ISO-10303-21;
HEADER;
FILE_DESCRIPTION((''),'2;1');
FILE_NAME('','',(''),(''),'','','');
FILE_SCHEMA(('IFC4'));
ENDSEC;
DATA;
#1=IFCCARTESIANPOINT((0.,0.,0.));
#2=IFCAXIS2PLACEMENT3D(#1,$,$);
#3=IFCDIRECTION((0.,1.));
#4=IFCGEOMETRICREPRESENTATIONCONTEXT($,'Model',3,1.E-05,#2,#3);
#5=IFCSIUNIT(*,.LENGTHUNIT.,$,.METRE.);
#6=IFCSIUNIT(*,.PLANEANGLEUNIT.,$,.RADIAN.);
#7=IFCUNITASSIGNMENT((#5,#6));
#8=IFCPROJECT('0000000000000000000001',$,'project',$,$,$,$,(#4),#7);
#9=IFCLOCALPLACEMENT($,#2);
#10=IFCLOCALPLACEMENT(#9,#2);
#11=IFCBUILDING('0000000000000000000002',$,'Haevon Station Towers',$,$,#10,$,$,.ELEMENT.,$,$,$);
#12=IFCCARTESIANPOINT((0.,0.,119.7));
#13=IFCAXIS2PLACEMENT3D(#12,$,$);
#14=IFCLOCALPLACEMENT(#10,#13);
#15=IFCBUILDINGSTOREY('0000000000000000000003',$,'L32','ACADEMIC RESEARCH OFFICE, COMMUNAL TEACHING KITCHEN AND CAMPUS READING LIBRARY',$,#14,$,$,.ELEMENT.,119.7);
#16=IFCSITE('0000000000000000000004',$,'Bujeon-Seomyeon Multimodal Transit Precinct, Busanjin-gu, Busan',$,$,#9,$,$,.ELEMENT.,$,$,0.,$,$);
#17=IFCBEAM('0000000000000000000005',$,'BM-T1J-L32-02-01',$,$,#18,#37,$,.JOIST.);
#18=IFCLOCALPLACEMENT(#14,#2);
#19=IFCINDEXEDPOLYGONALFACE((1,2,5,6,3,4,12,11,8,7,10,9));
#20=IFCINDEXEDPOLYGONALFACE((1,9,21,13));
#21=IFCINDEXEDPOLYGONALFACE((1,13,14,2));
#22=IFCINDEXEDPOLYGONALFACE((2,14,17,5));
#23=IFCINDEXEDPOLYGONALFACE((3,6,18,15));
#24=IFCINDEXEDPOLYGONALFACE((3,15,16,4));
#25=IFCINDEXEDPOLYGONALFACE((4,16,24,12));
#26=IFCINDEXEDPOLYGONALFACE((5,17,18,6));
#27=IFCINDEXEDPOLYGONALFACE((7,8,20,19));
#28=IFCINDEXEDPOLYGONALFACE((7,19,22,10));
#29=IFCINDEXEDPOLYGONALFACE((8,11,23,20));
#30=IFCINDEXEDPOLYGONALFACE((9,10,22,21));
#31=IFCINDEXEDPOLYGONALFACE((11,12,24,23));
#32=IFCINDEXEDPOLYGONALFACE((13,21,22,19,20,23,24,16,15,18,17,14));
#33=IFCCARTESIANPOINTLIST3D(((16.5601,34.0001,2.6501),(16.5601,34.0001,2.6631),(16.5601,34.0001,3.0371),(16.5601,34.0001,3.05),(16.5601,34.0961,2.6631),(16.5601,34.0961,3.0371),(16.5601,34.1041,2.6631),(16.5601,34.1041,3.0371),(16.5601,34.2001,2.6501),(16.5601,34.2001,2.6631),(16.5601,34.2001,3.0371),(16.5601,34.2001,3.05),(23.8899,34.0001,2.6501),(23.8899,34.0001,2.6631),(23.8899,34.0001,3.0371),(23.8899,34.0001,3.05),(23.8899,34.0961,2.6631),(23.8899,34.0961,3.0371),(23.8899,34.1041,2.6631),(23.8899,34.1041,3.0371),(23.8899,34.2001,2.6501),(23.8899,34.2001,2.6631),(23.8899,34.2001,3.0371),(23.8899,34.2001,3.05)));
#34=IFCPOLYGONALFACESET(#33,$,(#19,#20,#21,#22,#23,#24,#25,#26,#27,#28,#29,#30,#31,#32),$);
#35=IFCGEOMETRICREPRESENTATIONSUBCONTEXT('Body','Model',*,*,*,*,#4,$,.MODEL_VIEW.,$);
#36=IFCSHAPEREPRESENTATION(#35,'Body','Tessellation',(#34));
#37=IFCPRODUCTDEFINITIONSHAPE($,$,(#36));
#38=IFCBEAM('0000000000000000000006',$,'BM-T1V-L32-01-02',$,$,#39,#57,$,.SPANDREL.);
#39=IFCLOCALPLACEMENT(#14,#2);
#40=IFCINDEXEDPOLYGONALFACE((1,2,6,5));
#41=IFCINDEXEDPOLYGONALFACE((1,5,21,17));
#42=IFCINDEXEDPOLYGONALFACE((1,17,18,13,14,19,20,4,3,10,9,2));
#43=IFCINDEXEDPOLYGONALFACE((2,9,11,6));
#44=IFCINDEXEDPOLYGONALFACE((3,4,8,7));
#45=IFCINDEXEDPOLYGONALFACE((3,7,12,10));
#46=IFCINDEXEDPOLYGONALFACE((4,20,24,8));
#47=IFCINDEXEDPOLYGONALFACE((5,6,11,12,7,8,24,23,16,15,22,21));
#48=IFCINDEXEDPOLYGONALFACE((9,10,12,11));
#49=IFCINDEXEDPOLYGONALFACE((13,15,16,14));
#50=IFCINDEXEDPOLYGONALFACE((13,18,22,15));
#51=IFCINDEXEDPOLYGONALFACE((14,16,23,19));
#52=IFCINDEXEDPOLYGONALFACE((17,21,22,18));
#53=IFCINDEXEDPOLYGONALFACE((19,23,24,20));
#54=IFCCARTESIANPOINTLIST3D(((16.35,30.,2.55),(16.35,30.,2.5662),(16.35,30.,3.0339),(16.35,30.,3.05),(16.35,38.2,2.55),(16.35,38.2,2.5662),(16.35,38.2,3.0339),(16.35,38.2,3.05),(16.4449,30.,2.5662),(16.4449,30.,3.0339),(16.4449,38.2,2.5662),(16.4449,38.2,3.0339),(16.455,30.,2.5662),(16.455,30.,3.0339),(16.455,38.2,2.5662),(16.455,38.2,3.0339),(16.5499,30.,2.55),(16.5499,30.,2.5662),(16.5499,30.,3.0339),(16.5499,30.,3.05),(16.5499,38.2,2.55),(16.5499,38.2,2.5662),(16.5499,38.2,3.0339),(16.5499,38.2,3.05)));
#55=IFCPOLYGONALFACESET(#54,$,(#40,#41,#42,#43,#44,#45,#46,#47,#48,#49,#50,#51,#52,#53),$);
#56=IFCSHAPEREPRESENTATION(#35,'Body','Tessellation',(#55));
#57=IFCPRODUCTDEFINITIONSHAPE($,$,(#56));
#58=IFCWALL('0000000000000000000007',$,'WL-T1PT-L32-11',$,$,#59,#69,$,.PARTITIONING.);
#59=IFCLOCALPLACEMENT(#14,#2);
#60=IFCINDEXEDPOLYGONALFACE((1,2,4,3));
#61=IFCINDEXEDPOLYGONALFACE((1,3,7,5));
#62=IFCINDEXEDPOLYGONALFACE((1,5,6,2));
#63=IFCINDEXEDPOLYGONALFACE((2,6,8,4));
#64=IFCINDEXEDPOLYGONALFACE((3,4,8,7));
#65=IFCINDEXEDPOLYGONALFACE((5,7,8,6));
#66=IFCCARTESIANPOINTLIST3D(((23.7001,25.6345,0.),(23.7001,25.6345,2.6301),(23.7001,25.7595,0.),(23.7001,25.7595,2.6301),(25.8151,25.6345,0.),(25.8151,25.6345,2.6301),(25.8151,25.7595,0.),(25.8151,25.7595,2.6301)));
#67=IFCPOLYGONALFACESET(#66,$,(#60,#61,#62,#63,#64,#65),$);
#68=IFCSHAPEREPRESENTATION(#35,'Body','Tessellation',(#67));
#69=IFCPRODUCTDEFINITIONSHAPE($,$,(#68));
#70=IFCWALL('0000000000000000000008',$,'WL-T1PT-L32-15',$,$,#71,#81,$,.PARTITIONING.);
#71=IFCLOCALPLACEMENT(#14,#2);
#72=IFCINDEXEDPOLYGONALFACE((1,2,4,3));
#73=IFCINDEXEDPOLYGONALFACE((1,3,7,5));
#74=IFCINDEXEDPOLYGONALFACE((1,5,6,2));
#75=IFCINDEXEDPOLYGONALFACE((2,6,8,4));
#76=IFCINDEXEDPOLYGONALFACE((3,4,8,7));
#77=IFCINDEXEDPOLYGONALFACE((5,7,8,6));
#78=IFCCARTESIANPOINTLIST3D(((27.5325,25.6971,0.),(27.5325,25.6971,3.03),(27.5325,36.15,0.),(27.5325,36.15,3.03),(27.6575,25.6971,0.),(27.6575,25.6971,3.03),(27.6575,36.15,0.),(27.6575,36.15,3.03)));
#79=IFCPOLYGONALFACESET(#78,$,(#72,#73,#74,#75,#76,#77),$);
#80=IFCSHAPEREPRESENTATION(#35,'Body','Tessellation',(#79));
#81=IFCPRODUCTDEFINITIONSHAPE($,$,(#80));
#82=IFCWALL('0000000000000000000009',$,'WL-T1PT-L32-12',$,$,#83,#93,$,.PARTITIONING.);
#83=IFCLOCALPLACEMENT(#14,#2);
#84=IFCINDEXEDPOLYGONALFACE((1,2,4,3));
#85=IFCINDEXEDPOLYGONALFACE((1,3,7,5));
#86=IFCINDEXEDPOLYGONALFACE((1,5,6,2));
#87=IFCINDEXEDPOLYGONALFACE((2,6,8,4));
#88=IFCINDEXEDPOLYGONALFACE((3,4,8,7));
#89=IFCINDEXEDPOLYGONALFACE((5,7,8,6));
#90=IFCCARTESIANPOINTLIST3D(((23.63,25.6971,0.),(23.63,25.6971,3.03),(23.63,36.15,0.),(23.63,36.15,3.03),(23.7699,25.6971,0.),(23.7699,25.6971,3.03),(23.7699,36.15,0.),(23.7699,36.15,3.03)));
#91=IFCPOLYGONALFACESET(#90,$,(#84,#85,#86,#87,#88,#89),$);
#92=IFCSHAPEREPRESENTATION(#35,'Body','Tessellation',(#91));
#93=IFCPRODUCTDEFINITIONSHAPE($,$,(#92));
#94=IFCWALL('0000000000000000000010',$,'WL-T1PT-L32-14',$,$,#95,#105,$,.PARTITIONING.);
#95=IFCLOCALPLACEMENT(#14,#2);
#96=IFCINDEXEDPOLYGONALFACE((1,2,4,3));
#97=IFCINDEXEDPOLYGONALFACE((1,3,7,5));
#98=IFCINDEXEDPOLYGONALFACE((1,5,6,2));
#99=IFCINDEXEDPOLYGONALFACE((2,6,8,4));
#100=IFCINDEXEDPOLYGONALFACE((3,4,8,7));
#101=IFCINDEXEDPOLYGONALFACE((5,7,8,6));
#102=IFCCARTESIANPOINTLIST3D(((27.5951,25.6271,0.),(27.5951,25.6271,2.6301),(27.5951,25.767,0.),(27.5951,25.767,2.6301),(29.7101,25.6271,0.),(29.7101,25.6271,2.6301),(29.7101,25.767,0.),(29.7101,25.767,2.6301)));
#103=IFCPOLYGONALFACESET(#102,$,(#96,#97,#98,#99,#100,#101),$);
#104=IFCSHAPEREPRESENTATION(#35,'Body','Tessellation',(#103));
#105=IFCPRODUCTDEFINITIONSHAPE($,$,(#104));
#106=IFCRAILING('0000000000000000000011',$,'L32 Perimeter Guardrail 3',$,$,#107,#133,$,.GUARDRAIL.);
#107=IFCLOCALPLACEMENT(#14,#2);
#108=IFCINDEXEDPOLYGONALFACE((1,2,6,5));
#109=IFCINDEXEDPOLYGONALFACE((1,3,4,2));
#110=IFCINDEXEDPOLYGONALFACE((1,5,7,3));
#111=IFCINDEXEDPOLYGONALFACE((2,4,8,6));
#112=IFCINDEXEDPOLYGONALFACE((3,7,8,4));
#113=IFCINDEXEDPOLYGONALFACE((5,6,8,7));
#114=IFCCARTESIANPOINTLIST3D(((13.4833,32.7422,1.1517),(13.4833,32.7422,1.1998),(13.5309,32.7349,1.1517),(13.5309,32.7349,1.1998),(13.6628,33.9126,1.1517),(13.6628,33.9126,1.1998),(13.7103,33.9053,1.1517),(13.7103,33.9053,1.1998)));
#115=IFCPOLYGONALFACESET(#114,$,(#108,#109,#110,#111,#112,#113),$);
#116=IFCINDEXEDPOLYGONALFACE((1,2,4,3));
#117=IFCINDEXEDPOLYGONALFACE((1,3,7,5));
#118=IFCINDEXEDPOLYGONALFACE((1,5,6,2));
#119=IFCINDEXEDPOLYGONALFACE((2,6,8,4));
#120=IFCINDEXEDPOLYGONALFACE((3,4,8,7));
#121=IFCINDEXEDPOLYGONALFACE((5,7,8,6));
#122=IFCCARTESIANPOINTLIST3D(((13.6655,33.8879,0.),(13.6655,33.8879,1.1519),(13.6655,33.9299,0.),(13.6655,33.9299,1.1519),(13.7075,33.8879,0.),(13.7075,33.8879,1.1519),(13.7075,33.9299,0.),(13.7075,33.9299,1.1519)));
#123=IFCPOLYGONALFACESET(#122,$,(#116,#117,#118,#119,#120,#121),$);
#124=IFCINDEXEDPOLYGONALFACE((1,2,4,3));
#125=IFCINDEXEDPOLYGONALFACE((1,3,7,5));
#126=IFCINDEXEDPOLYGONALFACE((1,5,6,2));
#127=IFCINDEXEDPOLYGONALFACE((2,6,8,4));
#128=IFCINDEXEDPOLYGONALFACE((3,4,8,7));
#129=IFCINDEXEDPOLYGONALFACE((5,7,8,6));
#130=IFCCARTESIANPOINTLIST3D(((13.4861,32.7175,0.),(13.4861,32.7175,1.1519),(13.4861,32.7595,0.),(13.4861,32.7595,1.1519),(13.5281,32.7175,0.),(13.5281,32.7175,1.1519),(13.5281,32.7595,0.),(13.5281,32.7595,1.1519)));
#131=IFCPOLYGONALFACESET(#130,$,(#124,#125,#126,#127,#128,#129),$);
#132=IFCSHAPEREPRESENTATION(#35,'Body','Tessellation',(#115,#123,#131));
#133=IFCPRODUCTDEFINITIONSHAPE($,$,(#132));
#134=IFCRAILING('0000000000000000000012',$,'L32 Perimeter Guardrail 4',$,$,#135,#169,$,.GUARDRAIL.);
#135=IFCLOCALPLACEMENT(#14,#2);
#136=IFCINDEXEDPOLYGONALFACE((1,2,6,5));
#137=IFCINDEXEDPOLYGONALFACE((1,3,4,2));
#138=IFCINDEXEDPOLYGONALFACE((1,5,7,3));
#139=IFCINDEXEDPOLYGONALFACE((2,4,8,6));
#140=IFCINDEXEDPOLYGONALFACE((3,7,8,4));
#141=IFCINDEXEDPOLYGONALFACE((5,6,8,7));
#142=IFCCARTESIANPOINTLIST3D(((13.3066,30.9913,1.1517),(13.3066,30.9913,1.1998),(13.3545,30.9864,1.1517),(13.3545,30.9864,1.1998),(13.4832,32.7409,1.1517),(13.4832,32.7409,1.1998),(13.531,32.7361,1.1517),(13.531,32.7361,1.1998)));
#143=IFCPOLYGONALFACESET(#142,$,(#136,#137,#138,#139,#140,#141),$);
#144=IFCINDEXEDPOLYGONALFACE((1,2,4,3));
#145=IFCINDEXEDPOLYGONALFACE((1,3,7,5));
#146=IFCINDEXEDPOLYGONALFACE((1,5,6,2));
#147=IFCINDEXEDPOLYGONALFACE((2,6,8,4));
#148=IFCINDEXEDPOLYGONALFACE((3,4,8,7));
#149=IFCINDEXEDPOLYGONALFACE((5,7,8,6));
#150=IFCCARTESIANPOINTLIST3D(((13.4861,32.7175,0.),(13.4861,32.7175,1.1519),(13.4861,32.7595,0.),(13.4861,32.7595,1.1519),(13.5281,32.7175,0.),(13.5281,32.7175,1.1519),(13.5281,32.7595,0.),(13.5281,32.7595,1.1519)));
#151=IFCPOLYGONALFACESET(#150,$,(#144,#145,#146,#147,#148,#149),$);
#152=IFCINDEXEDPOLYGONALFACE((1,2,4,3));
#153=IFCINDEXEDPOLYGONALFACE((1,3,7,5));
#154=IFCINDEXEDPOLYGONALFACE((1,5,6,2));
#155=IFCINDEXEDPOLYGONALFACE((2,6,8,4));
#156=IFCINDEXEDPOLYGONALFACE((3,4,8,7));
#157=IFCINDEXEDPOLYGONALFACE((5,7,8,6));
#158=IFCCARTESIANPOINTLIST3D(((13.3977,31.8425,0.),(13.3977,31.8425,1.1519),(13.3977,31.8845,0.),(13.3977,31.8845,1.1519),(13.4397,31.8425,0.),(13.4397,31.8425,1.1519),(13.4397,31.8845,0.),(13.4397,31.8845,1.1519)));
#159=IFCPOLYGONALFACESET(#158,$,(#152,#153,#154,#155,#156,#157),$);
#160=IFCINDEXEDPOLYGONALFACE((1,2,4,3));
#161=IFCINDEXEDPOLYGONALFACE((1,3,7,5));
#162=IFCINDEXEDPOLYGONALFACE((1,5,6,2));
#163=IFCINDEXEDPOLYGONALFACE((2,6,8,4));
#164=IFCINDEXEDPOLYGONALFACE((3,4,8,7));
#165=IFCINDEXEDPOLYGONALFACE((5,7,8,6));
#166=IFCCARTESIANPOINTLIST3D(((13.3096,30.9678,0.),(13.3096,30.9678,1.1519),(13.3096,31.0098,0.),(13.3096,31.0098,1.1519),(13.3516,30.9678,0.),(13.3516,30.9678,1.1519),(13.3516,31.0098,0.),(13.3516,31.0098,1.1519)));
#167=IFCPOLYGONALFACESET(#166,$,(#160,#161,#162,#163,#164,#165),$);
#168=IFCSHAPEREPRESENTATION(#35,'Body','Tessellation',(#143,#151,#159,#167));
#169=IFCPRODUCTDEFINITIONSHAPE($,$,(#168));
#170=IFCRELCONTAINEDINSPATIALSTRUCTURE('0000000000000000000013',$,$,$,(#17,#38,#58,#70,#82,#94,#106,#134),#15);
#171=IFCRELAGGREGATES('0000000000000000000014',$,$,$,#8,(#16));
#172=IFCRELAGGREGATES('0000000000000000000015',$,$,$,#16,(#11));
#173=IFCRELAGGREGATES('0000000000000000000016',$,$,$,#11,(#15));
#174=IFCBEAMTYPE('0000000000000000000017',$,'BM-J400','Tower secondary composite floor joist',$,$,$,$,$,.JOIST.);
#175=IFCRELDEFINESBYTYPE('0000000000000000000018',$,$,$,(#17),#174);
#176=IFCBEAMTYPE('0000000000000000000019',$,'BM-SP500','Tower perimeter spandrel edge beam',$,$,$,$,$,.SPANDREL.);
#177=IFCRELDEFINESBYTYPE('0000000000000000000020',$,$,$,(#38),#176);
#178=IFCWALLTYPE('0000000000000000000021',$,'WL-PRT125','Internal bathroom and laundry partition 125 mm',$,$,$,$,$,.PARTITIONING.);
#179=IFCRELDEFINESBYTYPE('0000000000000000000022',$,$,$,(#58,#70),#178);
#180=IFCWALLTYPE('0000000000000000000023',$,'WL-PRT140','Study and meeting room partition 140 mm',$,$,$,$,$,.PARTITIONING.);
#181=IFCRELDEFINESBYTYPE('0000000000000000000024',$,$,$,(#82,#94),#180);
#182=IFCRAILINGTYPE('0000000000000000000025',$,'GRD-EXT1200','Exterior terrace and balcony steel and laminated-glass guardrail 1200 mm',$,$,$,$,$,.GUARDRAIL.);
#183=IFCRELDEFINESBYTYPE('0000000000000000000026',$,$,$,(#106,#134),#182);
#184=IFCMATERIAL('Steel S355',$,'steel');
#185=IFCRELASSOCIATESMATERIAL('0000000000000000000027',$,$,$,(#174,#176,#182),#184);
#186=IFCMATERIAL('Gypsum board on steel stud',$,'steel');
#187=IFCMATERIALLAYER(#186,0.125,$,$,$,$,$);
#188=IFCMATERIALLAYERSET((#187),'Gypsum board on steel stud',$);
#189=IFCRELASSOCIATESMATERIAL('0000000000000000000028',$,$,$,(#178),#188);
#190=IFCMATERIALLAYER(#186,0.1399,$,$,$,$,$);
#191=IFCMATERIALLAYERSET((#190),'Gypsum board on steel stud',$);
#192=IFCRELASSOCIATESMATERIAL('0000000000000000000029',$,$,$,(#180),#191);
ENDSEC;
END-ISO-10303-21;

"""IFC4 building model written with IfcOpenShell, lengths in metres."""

from ifc_helpers import new_model, si_unit, direction, frame, frame_2d, origin, origin_2d, place, context, subcontext, project, spatial, rectangle, i_section, extrude, material, layer, layer_set, material_profile, profile_set, type_object, element, save


model = new_model("IFC4")

# Units and contexts
model_context = context("Model", 3, precision=1e-05, world=origin(), true_north=direction((0.0, 1.0)))
body_context = subcontext(model_context, "Body", "Model", "MODEL_VIEW")
ifc_project = project(units=[si_unit("LENGTHUNIT", "METRE"), si_unit("PLANEANGLEUNIT", "RADIAN")], contexts=[model_context])

# Site, building, storey
site_placement = place(None, origin())
site = spatial("IfcSite", under=ifc_project, at=site_placement, Name="Bujeon-Seomyeon Multimodal Transit Precinct, Busanjin-gu, Busan", CompositionType="ELEMENT", RefElevation=0.0)
building_placement = place(site_placement, origin())
building = spatial("IfcBuilding", under=site, at=building_placement, Name="Haevon Station Towers", CompositionType="ELEMENT")
storey_placement = place(building_placement, frame((0.0, 0.0, 119.7)))
storey = spatial("IfcBuildingStorey", under=building, at=storey_placement, Name="L32", Description="ACADEMIC RESEARCH OFFICE, COMMUNAL TEACHING KITCHEN AND CAMPUS READING LIBRARY", CompositionType="ELEMENT", Elevation=119.7)

# Beams
ifc_material_1 = material(Name="Steel S355", Category="steel")
ifc_material_profile_1 = material_profile(ifc_material_1, i_section(OverallWidth=0.2, OverallDepth=0.3999, WebThickness=0.0081, FlangeThickness=0.0129, at=origin_2d()), Name="H-400x200x8x13")
ifc_profile_set_1 = profile_set([ifc_material_profile_1], Name="Steel S355")
beam_type_1 = type_object("IfcBeamType", Name="BM-J400", Description="Tower secondary composite floor joist", PredefinedType="JOIST", material=ifc_profile_set_1)
beam_1_placement = place(storey_placement, frame((16.5601, 34.1001, 2.8501), z_axis=(1.0, 0.0, 0.0), x_axis=(0.0, 1.0, 0.0)))
element("IfcBeam", 1, at=beam_1_placement, inside=storey, type_object=beam_type_1, Name="BM-T1J-L32-02-01", PredefinedType="JOIST", context=body_context, shape_type="SweptSolid", body=[
    extrude(i_section(OverallWidth=0.2, OverallDepth=0.3999, WebThickness=0.0081, FlangeThickness=0.0129, at=origin_2d()), origin(), (0.0, 0.0, 1.0), 7.3298),
])
ifc_material_profile_2 = material_profile(ifc_material_1, i_section(OverallWidth=0.2, OverallDepth=0.5, WebThickness=0.01, FlangeThickness=0.0161, at=origin_2d()), Name="H-500x200x10x16")
ifc_profile_set_2 = profile_set([ifc_material_profile_2], Name="Steel S355")
beam_type_2 = type_object("IfcBeamType", Name="BM-SP500", Description="Tower perimeter spandrel edge beam", PredefinedType="SPANDREL", material=ifc_profile_set_2)
beam_2_placement = place(storey_placement, frame((16.45, 30.0, 2.8), z_axis=(0.0, 1.0, 0.0), x_axis=(-1.0, 0.0, 0.0)))
element("IfcBeam", 2, at=beam_2_placement, inside=storey, type_object=beam_type_2, Name="BM-T1V-L32-01-02", PredefinedType="SPANDREL", context=body_context, shape_type="SweptSolid", body=[
    extrude(i_section(OverallWidth=0.2, OverallDepth=0.5, WebThickness=0.01, FlangeThickness=0.0161, at=origin_2d()), origin(), (0.0, 0.0, 1.0), 8.2),
])

# Walls
ifc_material_2 = material(Name="Gypsum board on steel stud", Category="steel")
ifc_layer_1 = layer(ifc_material_2, 0.125)
ifc_layer_set_1 = layer_set([ifc_layer_1], Name="Gypsum board on steel stud")
wall_type_1 = type_object("IfcWallType", Name="WL-PRT125", Description="Internal bathroom and laundry partition 125 mm", PredefinedType="PARTITIONING", material=ifc_layer_set_1)
wall_1_placement = place(storey_placement, frame((23.7, 25.697, 0.0), z_axis=(0.0, 0.0, 1.0), x_axis=(1.0, 0.0, 0.0)))
element("IfcWall", 3, at=wall_1_placement, inside=storey, type_object=wall_type_1, Name="WL-T1PT-L32-11", PredefinedType="PARTITIONING", context=body_context, shape_type="SweptSolid", body=[
    extrude(rectangle(XDim=2.115, YDim=0.125, at=frame_2d((1.0576, 0.0))), origin(), (0.0, 0.0, 1.0), 2.6301),
])
wall_2_placement = place(storey_placement, frame((27.595, 25.697, 0.0), z_axis=(0.0, 0.0, 1.0), x_axis=(0.0, 1.0, 0.0)))
element("IfcWall", 4, at=wall_2_placement, inside=storey, type_object=wall_type_1, Name="WL-T1PT-L32-15", PredefinedType="PARTITIONING", context=body_context, shape_type="SweptSolid", body=[
    extrude(rectangle(XDim=10.4529, YDim=0.125, at=frame_2d((5.2266, 0.0))), origin(), (0.0, 0.0, 1.0), 3.03),
])
ifc_layer_2 = layer(ifc_material_2, 0.1399)
ifc_layer_set_2 = layer_set([ifc_layer_2], Name="Gypsum board on steel stud")
wall_type_2 = type_object("IfcWallType", Name="WL-PRT140", Description="Study and meeting room partition 140 mm", PredefinedType="PARTITIONING", material=ifc_layer_set_2)
wall_3_placement = place(storey_placement, frame((23.7, 25.697, 0.0), z_axis=(0.0, 0.0, 1.0), x_axis=(0.0, 1.0, 0.0)))
element("IfcWall", 5, at=wall_3_placement, inside=storey, type_object=wall_type_2, Name="WL-T1PT-L32-12", PredefinedType="PARTITIONING", context=body_context, shape_type="SweptSolid", body=[
    extrude(rectangle(XDim=10.4529, YDim=0.1399, at=frame_2d((5.2266, 0.0))), origin(), (0.0, 0.0, 1.0), 3.03),
])
wall_4_placement = place(storey_placement, frame((27.595, 25.697, 0.0), z_axis=(0.0, 0.0, 1.0), x_axis=(1.0, 0.0, 0.0)))
element("IfcWall", 6, at=wall_4_placement, inside=storey, type_object=wall_type_2, Name="WL-T1PT-L32-14", PredefinedType="PARTITIONING", context=body_context, shape_type="SweptSolid", body=[
    extrude(rectangle(XDim=2.115, YDim=0.1399, at=frame_2d((1.0576, 0.0))), origin(), (0.0, 0.0, 1.0), 2.6301),
])

# Railings
railing_type = type_object("IfcRailingType", Name="GRD-EXT1200", Description="Exterior terrace and balcony steel and laminated-glass guardrail 1200 mm", PredefinedType="GUARDRAIL", material=ifc_material_1)
railing_1_placement = place(storey_placement, frame((13.6865, 33.9089, 0.0)))
element("IfcRailing", 7, at=railing_1_placement, inside=storey, type_object=railing_type, Name="L32 Perimeter Guardrail 3", PredefinedType="GUARDRAIL", context=body_context, shape_type="SweptSolid", body=[
    extrude(rectangle(XDim=0.0481, YDim=0.0481, at=origin_2d()), frame((0.0, 0.0, 1.1758), z_axis=(-0.151546, -0.98845, 0.0), x_axis=(0.98845, -0.151546, 0.0)), (0.0, 0.0, 1.0), 1.1841),
    extrude(rectangle(XDim=0.042, YDim=0.042, at=origin_2d()), origin(), (0.0, 0.0, 1.0), 1.1519),
    extrude(rectangle(XDim=0.042, YDim=0.042, at=origin_2d()), frame((-0.1794, -1.1704, 0.0)), (0.0, 0.0, 1.0), 1.1519),
])
railing_2_placement = place(storey_placement, frame((13.5071, 32.7385, 0.0)))
element("IfcRailing", 8, at=railing_2_placement, inside=storey, type_object=railing_type, Name="L32 Perimeter Guardrail 4", PredefinedType="GUARDRAIL", context=body_context, shape_type="SweptSolid", body=[
    extrude(rectangle(XDim=0.0481, YDim=0.0481, at=origin_2d()), frame((0.0, 0.0, 1.1758), z_axis=(-0.10037, -0.99495, 0.0), x_axis=(0.99495, -0.10037, 0.0)), (0.0, 0.0, 1.0), 1.7585),
    extrude(rectangle(XDim=0.042, YDim=0.042, at=origin_2d()), origin(), (0.0, 0.0, 1.0), 1.1519),
    extrude(rectangle(XDim=0.042, YDim=0.042, at=origin_2d()), frame((-0.0884, -0.875, 0.0)), (0.0, 0.0, 1.0), 1.1519),
    extrude(rectangle(XDim=0.042, YDim=0.042, at=origin_2d()), frame((-0.1765, -1.7498, 0.0)), (0.0, 0.0, 1.0), 1.1519),
])

save(model, "model.ifc")
